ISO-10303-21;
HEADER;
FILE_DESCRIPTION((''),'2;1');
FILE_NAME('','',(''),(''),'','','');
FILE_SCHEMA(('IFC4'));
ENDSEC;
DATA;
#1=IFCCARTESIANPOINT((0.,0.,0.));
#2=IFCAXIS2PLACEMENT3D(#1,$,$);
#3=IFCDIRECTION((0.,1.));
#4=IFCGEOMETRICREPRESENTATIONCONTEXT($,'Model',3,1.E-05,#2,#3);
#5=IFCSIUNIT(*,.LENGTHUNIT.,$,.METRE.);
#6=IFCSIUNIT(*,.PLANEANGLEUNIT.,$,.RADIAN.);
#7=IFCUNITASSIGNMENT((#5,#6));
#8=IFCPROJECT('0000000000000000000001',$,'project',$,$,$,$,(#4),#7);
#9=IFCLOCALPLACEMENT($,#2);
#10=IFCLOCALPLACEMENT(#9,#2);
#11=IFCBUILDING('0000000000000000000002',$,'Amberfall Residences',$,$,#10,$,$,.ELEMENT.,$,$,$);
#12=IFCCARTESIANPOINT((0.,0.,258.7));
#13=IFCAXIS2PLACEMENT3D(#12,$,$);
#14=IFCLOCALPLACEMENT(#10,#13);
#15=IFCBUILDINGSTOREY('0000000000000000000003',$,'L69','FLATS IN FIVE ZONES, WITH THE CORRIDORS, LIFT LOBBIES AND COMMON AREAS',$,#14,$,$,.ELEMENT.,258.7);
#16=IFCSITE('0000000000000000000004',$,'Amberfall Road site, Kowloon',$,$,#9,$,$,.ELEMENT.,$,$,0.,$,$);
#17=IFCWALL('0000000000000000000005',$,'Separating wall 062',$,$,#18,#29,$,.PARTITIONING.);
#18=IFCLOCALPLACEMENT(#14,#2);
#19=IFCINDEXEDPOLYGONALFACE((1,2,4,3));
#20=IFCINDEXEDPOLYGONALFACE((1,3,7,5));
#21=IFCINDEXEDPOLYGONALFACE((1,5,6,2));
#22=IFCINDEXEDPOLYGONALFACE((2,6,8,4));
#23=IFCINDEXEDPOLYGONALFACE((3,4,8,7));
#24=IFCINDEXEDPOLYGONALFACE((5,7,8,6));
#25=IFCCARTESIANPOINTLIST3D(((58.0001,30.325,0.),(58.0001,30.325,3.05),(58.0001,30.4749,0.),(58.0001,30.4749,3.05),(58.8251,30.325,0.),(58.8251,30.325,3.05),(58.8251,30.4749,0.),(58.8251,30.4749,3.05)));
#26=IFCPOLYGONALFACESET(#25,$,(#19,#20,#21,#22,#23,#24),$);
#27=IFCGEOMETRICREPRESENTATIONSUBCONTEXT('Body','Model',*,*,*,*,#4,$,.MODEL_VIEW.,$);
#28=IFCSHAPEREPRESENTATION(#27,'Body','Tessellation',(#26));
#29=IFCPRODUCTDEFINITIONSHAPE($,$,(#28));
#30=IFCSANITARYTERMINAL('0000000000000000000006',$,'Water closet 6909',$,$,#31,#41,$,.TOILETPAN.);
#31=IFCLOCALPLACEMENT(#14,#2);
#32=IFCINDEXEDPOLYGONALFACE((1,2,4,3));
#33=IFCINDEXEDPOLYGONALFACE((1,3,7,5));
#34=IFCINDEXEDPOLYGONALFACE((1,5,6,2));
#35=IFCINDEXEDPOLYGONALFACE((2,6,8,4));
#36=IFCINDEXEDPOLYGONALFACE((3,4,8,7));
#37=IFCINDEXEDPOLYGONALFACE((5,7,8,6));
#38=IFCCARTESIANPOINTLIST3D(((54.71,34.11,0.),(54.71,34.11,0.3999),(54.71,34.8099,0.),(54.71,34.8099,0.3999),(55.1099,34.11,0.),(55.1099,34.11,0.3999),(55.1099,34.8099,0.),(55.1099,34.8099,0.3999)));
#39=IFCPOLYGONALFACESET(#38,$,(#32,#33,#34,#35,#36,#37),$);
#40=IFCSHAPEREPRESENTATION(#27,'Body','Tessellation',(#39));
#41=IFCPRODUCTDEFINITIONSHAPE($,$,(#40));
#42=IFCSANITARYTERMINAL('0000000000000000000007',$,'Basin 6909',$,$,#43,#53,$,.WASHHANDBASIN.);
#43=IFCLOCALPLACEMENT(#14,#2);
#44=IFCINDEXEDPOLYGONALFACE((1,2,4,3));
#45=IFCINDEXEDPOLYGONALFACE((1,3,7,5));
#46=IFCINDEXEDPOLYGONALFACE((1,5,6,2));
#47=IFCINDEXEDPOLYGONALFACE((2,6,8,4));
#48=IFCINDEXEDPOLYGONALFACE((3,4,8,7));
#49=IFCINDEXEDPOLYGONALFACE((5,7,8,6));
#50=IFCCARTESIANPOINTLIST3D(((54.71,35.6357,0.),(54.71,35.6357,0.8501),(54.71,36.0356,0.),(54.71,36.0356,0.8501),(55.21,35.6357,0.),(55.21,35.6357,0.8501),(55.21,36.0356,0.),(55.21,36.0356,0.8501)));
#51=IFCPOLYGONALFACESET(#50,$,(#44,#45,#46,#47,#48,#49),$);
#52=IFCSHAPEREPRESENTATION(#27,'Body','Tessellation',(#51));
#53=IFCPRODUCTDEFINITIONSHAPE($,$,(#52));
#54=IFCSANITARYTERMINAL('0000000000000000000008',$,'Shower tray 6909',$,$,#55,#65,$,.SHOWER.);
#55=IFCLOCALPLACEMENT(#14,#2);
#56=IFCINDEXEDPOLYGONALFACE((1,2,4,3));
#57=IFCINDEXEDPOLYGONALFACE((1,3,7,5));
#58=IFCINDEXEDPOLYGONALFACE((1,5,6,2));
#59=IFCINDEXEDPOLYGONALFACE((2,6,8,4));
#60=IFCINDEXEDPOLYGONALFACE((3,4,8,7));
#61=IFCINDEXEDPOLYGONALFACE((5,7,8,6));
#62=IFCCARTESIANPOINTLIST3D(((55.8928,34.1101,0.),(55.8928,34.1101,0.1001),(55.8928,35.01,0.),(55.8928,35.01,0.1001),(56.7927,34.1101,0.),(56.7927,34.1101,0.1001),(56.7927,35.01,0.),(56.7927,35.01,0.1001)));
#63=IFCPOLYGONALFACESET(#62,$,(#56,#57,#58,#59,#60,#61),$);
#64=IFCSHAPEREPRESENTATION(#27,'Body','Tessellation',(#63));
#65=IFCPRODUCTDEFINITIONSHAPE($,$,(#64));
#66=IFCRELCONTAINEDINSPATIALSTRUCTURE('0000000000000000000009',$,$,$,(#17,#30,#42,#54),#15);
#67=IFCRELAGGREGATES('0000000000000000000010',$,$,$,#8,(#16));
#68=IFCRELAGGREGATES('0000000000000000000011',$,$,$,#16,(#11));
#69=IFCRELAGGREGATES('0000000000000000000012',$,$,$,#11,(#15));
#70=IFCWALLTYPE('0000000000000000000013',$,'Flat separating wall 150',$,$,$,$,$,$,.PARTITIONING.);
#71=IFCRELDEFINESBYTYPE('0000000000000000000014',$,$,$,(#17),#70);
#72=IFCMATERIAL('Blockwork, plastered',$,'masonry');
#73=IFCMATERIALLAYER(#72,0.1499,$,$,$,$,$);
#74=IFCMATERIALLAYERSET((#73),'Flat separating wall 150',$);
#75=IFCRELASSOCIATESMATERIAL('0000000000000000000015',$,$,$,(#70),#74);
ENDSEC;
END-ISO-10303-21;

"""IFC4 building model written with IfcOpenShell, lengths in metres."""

from ifc_helpers import new_model, si_unit, direction, frame, frame_2d, origin, origin_2d, place, context, subcontext, project, spatial, rectangle, extrude, material, layer, layer_set, type_object, element, save


model = new_model("IFC4")

# Units and contexts
model_context = context("Model", 3, precision=1e-05, world=origin(), true_north=direction((0.0, 1.0)))
body_context = subcontext(model_context, "Body", "Model", "MODEL_VIEW")
ifc_project = project(units=[si_unit("LENGTHUNIT", "METRE"), si_unit("PLANEANGLEUNIT", "RADIAN")], contexts=[model_context])

# Site, building, storey
site_placement = place(None, origin())
site = spatial("IfcSite", under=ifc_project, at=site_placement, Name="Amberfall Road site, Kowloon", CompositionType="ELEMENT", RefElevation=0.0)
building_placement = place(site_placement, origin())
building = spatial("IfcBuilding", under=site, at=building_placement, Name="Amberfall Residences", CompositionType="ELEMENT")
storey_placement = place(building_placement, frame((0.0, 0.0, 258.7)))
storey = spatial("IfcBuildingStorey", under=building, at=storey_placement, Name="L69", Description="FLATS IN FIVE ZONES, WITH THE CORRIDORS, LIFT LOBBIES AND COMMON AREAS", CompositionType="ELEMENT", Elevation=258.7)

# Wall
ifc_material_1 = material(Name="Blockwork, plastered", Category="masonry")
ifc_layer_1 = layer(ifc_material_1, 0.1499)
ifc_layer_set_1 = layer_set([ifc_layer_1], Name="Flat separating wall 150")
wall_type_1 = type_object("IfcWallType", Name="Flat separating wall 150", PredefinedType="PARTITIONING", material=ifc_layer_set_1)
wall_1_placement = place(storey_placement, frame((58.0, 30.3999, 0.0), z_axis=(0.0, 0.0, 1.0), x_axis=(1.0, 0.0, 0.0)))
element("IfcWall", 1, at=wall_1_placement, inside=storey, type_object=wall_type_1, Name="Separating wall 062", PredefinedType="PARTITIONING", context=body_context, shape_type="SweptSolid", body=[
    extrude(rectangle(XDim=0.825, YDim=0.1499, at=frame_2d((0.4126, 0.0))), origin(), (0.0, 0.0, 1.0), 3.05),
])

# Sanitary terminals
sanitary_terminal_1_placement = place(storey_placement, frame((54.9099, 34.46, 0.0), z_axis=(0.0, 0.0, 1.0), x_axis=(1.0, 0.0, 0.0)))
element("IfcSanitaryTerminal", 2, at=sanitary_terminal_1_placement, inside=storey, Name="Water closet 6909", PredefinedType="TOILETPAN", context=body_context, shape_type="SweptSolid", body=[
    extrude(rectangle(XDim=0.3999, YDim=0.7, at=origin_2d()), origin(), (0.0, 0.0, 1.0), 0.3999),
])
sanitary_terminal_2_placement = place(storey_placement, frame((54.96, 35.8357, 0.0), z_axis=(0.0, 0.0, 1.0), x_axis=(1.0, 0.0, 0.0)))
element("IfcSanitaryTerminal", 3, at=sanitary_terminal_2_placement, inside=storey, Name="Basin 6909", PredefinedType="WASHHANDBASIN", context=body_context, shape_type="SweptSolid", body=[
    extrude(rectangle(XDim=0.5, YDim=0.3999, at=origin_2d()), origin(), (0.0, 0.0, 1.0), 0.8501),
])
sanitary_terminal_3_placement = place(storey_placement, frame((56.3428, 34.5601, 0.0), z_axis=(0.0, 0.0, 1.0), x_axis=(1.0, 0.0, 0.0)))
element("IfcSanitaryTerminal", 4, at=sanitary_terminal_3_placement, inside=storey, Name="Shower tray 6909", PredefinedType="SHOWER", context=body_context, shape_type="SweptSolid", body=[
    extrude(rectangle(XDim=0.8999, YDim=0.8999, at=origin_2d()), origin(), (0.0, 0.0, 1.0), 0.1001),
])

save(model, "model.ifc")
